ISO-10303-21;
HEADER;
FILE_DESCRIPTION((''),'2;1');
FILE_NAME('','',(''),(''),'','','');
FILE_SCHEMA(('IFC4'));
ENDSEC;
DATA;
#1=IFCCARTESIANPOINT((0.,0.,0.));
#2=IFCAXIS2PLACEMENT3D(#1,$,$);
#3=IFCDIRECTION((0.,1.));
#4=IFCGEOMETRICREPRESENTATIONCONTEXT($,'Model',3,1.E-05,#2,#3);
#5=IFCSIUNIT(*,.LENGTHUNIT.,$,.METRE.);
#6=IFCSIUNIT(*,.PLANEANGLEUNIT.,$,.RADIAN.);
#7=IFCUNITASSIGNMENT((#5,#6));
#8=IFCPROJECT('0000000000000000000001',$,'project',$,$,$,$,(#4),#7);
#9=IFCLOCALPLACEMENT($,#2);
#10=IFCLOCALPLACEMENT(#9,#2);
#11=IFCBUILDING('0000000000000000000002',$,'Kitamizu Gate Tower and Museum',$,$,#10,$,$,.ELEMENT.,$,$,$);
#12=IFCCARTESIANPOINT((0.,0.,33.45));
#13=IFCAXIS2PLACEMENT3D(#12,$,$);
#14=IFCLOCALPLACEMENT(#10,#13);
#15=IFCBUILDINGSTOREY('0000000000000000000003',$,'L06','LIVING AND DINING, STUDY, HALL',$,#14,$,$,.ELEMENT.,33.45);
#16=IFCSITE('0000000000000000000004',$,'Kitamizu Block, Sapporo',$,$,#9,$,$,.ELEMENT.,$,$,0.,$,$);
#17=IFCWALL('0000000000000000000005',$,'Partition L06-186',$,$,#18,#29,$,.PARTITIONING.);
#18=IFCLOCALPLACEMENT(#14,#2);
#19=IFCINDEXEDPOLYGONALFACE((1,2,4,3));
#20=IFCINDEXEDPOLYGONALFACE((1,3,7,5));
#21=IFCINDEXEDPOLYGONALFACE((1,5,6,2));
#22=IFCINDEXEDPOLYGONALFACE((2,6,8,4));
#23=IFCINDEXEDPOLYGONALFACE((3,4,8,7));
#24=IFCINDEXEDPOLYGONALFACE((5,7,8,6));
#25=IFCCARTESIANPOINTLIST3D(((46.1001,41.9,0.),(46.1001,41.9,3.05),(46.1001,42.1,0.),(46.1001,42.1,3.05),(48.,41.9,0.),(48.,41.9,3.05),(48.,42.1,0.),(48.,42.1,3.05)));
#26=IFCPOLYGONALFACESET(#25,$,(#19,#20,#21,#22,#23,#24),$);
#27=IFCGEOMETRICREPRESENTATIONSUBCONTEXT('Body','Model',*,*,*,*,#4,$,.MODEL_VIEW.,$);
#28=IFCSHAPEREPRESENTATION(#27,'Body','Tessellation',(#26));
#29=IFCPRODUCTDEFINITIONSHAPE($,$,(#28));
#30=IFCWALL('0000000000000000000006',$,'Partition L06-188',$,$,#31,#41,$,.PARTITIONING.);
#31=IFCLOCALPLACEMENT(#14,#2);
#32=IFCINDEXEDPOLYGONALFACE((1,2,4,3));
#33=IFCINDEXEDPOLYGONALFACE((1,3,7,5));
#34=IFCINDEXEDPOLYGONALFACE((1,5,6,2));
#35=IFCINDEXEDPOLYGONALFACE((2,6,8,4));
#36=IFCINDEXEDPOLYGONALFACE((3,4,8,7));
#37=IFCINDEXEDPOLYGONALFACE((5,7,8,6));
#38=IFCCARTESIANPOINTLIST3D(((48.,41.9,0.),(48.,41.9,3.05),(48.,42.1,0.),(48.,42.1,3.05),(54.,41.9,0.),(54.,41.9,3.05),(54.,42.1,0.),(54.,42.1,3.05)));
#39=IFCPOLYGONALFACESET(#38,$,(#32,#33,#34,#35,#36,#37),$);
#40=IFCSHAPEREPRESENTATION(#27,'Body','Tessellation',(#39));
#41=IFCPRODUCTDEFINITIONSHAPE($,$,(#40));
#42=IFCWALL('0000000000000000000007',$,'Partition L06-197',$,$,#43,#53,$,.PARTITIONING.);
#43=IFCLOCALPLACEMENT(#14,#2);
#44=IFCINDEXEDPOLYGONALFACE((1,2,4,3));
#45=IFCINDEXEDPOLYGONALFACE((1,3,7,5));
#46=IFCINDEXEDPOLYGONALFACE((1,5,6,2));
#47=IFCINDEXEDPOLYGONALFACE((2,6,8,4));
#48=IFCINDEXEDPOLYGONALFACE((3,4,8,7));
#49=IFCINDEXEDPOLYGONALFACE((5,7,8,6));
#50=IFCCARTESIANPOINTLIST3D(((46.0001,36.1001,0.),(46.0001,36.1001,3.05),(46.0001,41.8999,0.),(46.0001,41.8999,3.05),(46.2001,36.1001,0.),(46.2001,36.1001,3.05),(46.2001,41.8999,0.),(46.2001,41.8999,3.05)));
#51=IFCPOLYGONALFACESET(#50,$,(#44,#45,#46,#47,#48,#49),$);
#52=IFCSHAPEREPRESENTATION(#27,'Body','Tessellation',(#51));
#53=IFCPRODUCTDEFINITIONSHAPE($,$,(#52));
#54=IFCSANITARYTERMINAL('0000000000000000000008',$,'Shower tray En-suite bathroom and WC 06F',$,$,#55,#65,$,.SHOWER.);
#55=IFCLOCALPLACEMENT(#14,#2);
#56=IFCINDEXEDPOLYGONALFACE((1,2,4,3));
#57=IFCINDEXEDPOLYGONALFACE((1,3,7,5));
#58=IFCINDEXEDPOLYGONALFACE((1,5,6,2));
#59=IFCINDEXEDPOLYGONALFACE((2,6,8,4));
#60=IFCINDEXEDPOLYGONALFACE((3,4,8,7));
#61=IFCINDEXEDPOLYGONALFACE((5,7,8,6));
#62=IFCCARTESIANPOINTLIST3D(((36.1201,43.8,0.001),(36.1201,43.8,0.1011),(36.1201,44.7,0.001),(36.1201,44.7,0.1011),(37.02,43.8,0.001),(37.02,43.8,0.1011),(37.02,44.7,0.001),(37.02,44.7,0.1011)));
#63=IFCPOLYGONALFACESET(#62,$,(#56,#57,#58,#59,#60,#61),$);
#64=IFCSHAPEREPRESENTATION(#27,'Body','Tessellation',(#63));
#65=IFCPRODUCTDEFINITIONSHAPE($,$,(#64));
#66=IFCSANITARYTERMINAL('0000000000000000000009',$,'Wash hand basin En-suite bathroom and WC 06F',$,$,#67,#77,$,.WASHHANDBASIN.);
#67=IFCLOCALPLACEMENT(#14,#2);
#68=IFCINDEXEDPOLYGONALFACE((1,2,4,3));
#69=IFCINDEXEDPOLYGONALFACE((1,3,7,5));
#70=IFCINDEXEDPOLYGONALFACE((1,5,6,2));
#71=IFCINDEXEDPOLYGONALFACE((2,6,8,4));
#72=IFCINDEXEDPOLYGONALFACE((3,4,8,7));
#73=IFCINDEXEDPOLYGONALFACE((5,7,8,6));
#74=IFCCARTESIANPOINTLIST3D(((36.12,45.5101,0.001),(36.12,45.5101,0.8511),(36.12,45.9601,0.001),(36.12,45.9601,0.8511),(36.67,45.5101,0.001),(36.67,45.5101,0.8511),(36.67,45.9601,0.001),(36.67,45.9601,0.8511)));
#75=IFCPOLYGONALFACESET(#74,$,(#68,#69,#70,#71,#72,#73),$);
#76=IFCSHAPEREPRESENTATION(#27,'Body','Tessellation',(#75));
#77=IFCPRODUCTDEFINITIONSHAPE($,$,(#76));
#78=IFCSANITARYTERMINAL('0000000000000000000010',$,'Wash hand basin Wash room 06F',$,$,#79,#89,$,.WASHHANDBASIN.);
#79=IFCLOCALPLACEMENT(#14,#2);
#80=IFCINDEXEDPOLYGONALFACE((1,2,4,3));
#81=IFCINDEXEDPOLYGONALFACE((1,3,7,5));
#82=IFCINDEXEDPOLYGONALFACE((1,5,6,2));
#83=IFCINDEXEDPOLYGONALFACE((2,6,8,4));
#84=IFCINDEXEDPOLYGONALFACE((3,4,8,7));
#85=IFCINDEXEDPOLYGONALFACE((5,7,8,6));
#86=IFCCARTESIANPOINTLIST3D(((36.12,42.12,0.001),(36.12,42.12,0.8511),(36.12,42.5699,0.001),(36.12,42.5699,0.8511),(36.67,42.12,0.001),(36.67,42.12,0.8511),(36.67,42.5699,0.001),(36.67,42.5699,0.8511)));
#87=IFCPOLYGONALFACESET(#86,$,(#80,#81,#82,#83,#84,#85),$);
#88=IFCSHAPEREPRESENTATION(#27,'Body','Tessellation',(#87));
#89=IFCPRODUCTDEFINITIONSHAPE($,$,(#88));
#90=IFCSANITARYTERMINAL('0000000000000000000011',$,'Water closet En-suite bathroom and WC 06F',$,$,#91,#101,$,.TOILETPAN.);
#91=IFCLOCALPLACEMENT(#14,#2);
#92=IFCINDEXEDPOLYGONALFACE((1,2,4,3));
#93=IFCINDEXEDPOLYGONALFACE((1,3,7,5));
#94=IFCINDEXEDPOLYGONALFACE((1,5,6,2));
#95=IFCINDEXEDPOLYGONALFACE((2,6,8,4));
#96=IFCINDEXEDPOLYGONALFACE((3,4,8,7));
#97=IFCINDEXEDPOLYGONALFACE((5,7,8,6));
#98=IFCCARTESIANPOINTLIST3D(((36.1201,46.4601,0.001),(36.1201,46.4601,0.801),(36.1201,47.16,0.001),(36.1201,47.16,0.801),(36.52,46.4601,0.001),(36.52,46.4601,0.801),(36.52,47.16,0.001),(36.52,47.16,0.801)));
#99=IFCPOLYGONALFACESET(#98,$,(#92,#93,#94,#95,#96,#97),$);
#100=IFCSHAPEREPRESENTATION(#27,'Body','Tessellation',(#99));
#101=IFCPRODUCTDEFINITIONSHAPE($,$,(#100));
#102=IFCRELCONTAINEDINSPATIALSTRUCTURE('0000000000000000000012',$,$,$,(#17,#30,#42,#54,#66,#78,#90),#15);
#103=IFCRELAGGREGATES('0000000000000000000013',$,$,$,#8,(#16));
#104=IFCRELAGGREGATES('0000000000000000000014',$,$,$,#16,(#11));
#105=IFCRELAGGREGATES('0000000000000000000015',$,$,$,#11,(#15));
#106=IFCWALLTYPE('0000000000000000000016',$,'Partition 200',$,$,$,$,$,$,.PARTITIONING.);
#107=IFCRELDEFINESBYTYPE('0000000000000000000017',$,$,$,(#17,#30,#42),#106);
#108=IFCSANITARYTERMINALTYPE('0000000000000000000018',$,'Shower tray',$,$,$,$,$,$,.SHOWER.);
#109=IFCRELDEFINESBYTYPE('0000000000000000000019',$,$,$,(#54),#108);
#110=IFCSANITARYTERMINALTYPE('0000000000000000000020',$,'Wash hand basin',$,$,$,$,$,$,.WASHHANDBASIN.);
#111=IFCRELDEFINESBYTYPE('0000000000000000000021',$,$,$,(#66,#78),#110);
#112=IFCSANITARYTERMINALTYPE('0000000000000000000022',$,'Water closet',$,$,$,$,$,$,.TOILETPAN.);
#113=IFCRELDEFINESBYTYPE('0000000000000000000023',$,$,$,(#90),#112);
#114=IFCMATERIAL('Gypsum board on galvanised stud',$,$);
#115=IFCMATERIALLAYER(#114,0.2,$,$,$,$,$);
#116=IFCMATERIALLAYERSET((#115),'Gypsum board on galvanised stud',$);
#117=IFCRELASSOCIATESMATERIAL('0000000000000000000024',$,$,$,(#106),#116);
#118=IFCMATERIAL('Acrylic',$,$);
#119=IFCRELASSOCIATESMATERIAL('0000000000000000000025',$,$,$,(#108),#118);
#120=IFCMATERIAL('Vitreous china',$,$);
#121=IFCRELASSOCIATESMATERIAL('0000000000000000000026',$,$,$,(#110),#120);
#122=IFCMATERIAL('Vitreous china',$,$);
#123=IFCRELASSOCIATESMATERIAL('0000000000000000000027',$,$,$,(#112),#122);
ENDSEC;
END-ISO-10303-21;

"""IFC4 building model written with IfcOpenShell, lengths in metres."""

from ifc_helpers import new_model, si_unit, direction, frame, frame_2d, origin, origin_2d, place, context, subcontext, project, spatial, rectangle, extrude, material, layer, layer_set, type_object, element, save


model = new_model("IFC4")

# Units and contexts
model_context = context("Model", 3, precision=1e-05, world=origin(), true_north=direction((0.0, 1.0)))
body_context = subcontext(model_context, "Body", "Model", "MODEL_VIEW")
ifc_project = project(units=[si_unit("LENGTHUNIT", "METRE"), si_unit("PLANEANGLEUNIT", "RADIAN")], contexts=[model_context])

# Site, building, storey
site_placement = place(None, origin())
site = spatial("IfcSite", under=ifc_project, at=site_placement, Name="Kitamizu Block, Sapporo", CompositionType="ELEMENT", RefElevation=0.0)
building_placement = place(site_placement, origin())
building = spatial("IfcBuilding", under=site, at=building_placement, Name="Kitamizu Gate Tower and Museum", CompositionType="ELEMENT")
storey_placement = place(building_placement, frame((0.0, 0.0, 33.45)))
storey = spatial("IfcBuildingStorey", under=building, at=storey_placement, Name="L06", Description="LIVING AND DINING, STUDY, HALL", CompositionType="ELEMENT", Elevation=33.45)

# Walls
ifc_material_1 = material(Name="Gypsum board on galvanised stud")
ifc_layer_1 = layer(ifc_material_1, 0.2)
ifc_layer_set_1 = layer_set([ifc_layer_1], Name="Gypsum board on galvanised stud")
wall_type_1 = type_object("IfcWallType", Name="Partition 200", PredefinedType="PARTITIONING", material=ifc_layer_set_1)
wall_1_placement = place(storey_placement, frame((46.1001, 42.0, 0.0), z_axis=(0.0, 0.0, 1.0), x_axis=(1.0, 0.0, 0.0)))
element("IfcWall", 1, at=wall_1_placement, inside=storey, type_object=wall_type_1, Name="Partition L06-186", PredefinedType="PARTITIONING", context=body_context, shape_type="SweptSolid", body=[
    extrude(rectangle(XDim=1.8999, YDim=0.2, at=frame_2d((0.95, 0.0))), origin(), (0.0, 0.0, 1.0), 3.05),
])
wall_2_placement = place(storey_placement, frame((48.0, 42.0, 0.0), z_axis=(0.0, 0.0, 1.0), x_axis=(1.0, 0.0, 0.0)))
element("IfcWall", 2, at=wall_2_placement, inside=storey, type_object=wall_type_1, Name="Partition L06-188", PredefinedType="PARTITIONING", context=body_context, shape_type="SweptSolid", body=[
    extrude(rectangle(XDim=6.0, YDim=0.2, at=frame_2d((3.0, 0.0))), origin(), (0.0, 0.0, 1.0), 3.05),
])
wall_3_placement = place(storey_placement, frame((46.1001, 36.1001, 0.0), z_axis=(0.0, 0.0, 1.0), x_axis=(0.0, 1.0, 0.0)))
element("IfcWall", 3, at=wall_3_placement, inside=storey, type_object=wall_type_1, Name="Partition L06-197", PredefinedType="PARTITIONING", context=body_context, shape_type="SweptSolid", body=[
    extrude(rectangle(XDim=5.7998, YDim=0.2, at=frame_2d((2.8999, 0.0))), origin(), (0.0, 0.0, 1.0), 3.05),
])

# Sanitary terminals
ifc_material_2 = material(Name="Acrylic")
sanitary_terminal_type_1 = type_object("IfcSanitaryTerminalType", Name="Shower tray", PredefinedType="SHOWER", material=ifc_material_2)
sanitary_terminal_1_placement = place(storey_placement, frame((36.5701, 44.25, 0.001), z_axis=(0.0, 0.0, 1.0), x_axis=(1.0, 0.0, 0.0)))
element("IfcSanitaryTerminal", 4, at=sanitary_terminal_1_placement, inside=storey, type_object=sanitary_terminal_type_1, Name="Shower tray En-suite bathroom and WC 06F", PredefinedType="SHOWER", context=body_context, shape_type="SweptSolid", body=[
    extrude(rectangle(XDim=0.8999, YDim=0.8999, at=origin_2d()), origin(), (0.0, 0.0, 1.0), 0.1001),
])
ifc_material_3 = material(Name="Vitreous china")
sanitary_terminal_type_2 = type_object("IfcSanitaryTerminalType", Name="Wash hand basin", PredefinedType="WASHHANDBASIN", material=ifc_material_3)
for number, where, z_axis, x_axis, name in (
    (5, (36.395, 45.7351, 0.001), (0.0, 0.0, 1.0), (1.0, 0.0, 0.0), "Wash hand basin En-suite bathroom and WC 06F"),
    (6, (36.395, 42.345, 0.001), (0.0, 0.0, 1.0), (1.0, 0.0, 0.0), "Wash hand basin Wash room 06F"),
):
    element("IfcSanitaryTerminal", number, at=place(storey_placement, frame(where, z_axis=z_axis, x_axis=x_axis)), inside=storey, type_object=sanitary_terminal_type_2, Name=name, PredefinedType="WASHHANDBASIN", context=body_context, shape_type="SweptSolid", body=[
        extrude(rectangle(XDim=0.55, YDim=0.45, at=origin_2d()), origin(), (0.0, 0.0, 1.0), 0.8501),
    ])
ifc_material_4 = material(Name="Vitreous china")
sanitary_terminal_type_3 = type_object("IfcSanitaryTerminalType", Name="Water closet", PredefinedType="TOILETPAN", material=ifc_material_4)
sanitary_terminal_2_placement = place(storey_placement, frame((36.3201, 46.8101, 0.001), z_axis=(0.0, 0.0, 1.0), x_axis=(1.0, 0.0, 0.0)))
element("IfcSanitaryTerminal", 7, at=sanitary_terminal_2_placement, inside=storey, type_object=sanitary_terminal_type_3, Name="Water closet En-suite bathroom and WC 06F", PredefinedType="TOILETPAN", context=body_context, shape_type="SweptSolid", body=[
    extrude(rectangle(XDim=0.3999, YDim=0.7, at=origin_2d()), origin(), (0.0, 0.0, 1.0), 0.8),
])

save(model, "model.ifc")
